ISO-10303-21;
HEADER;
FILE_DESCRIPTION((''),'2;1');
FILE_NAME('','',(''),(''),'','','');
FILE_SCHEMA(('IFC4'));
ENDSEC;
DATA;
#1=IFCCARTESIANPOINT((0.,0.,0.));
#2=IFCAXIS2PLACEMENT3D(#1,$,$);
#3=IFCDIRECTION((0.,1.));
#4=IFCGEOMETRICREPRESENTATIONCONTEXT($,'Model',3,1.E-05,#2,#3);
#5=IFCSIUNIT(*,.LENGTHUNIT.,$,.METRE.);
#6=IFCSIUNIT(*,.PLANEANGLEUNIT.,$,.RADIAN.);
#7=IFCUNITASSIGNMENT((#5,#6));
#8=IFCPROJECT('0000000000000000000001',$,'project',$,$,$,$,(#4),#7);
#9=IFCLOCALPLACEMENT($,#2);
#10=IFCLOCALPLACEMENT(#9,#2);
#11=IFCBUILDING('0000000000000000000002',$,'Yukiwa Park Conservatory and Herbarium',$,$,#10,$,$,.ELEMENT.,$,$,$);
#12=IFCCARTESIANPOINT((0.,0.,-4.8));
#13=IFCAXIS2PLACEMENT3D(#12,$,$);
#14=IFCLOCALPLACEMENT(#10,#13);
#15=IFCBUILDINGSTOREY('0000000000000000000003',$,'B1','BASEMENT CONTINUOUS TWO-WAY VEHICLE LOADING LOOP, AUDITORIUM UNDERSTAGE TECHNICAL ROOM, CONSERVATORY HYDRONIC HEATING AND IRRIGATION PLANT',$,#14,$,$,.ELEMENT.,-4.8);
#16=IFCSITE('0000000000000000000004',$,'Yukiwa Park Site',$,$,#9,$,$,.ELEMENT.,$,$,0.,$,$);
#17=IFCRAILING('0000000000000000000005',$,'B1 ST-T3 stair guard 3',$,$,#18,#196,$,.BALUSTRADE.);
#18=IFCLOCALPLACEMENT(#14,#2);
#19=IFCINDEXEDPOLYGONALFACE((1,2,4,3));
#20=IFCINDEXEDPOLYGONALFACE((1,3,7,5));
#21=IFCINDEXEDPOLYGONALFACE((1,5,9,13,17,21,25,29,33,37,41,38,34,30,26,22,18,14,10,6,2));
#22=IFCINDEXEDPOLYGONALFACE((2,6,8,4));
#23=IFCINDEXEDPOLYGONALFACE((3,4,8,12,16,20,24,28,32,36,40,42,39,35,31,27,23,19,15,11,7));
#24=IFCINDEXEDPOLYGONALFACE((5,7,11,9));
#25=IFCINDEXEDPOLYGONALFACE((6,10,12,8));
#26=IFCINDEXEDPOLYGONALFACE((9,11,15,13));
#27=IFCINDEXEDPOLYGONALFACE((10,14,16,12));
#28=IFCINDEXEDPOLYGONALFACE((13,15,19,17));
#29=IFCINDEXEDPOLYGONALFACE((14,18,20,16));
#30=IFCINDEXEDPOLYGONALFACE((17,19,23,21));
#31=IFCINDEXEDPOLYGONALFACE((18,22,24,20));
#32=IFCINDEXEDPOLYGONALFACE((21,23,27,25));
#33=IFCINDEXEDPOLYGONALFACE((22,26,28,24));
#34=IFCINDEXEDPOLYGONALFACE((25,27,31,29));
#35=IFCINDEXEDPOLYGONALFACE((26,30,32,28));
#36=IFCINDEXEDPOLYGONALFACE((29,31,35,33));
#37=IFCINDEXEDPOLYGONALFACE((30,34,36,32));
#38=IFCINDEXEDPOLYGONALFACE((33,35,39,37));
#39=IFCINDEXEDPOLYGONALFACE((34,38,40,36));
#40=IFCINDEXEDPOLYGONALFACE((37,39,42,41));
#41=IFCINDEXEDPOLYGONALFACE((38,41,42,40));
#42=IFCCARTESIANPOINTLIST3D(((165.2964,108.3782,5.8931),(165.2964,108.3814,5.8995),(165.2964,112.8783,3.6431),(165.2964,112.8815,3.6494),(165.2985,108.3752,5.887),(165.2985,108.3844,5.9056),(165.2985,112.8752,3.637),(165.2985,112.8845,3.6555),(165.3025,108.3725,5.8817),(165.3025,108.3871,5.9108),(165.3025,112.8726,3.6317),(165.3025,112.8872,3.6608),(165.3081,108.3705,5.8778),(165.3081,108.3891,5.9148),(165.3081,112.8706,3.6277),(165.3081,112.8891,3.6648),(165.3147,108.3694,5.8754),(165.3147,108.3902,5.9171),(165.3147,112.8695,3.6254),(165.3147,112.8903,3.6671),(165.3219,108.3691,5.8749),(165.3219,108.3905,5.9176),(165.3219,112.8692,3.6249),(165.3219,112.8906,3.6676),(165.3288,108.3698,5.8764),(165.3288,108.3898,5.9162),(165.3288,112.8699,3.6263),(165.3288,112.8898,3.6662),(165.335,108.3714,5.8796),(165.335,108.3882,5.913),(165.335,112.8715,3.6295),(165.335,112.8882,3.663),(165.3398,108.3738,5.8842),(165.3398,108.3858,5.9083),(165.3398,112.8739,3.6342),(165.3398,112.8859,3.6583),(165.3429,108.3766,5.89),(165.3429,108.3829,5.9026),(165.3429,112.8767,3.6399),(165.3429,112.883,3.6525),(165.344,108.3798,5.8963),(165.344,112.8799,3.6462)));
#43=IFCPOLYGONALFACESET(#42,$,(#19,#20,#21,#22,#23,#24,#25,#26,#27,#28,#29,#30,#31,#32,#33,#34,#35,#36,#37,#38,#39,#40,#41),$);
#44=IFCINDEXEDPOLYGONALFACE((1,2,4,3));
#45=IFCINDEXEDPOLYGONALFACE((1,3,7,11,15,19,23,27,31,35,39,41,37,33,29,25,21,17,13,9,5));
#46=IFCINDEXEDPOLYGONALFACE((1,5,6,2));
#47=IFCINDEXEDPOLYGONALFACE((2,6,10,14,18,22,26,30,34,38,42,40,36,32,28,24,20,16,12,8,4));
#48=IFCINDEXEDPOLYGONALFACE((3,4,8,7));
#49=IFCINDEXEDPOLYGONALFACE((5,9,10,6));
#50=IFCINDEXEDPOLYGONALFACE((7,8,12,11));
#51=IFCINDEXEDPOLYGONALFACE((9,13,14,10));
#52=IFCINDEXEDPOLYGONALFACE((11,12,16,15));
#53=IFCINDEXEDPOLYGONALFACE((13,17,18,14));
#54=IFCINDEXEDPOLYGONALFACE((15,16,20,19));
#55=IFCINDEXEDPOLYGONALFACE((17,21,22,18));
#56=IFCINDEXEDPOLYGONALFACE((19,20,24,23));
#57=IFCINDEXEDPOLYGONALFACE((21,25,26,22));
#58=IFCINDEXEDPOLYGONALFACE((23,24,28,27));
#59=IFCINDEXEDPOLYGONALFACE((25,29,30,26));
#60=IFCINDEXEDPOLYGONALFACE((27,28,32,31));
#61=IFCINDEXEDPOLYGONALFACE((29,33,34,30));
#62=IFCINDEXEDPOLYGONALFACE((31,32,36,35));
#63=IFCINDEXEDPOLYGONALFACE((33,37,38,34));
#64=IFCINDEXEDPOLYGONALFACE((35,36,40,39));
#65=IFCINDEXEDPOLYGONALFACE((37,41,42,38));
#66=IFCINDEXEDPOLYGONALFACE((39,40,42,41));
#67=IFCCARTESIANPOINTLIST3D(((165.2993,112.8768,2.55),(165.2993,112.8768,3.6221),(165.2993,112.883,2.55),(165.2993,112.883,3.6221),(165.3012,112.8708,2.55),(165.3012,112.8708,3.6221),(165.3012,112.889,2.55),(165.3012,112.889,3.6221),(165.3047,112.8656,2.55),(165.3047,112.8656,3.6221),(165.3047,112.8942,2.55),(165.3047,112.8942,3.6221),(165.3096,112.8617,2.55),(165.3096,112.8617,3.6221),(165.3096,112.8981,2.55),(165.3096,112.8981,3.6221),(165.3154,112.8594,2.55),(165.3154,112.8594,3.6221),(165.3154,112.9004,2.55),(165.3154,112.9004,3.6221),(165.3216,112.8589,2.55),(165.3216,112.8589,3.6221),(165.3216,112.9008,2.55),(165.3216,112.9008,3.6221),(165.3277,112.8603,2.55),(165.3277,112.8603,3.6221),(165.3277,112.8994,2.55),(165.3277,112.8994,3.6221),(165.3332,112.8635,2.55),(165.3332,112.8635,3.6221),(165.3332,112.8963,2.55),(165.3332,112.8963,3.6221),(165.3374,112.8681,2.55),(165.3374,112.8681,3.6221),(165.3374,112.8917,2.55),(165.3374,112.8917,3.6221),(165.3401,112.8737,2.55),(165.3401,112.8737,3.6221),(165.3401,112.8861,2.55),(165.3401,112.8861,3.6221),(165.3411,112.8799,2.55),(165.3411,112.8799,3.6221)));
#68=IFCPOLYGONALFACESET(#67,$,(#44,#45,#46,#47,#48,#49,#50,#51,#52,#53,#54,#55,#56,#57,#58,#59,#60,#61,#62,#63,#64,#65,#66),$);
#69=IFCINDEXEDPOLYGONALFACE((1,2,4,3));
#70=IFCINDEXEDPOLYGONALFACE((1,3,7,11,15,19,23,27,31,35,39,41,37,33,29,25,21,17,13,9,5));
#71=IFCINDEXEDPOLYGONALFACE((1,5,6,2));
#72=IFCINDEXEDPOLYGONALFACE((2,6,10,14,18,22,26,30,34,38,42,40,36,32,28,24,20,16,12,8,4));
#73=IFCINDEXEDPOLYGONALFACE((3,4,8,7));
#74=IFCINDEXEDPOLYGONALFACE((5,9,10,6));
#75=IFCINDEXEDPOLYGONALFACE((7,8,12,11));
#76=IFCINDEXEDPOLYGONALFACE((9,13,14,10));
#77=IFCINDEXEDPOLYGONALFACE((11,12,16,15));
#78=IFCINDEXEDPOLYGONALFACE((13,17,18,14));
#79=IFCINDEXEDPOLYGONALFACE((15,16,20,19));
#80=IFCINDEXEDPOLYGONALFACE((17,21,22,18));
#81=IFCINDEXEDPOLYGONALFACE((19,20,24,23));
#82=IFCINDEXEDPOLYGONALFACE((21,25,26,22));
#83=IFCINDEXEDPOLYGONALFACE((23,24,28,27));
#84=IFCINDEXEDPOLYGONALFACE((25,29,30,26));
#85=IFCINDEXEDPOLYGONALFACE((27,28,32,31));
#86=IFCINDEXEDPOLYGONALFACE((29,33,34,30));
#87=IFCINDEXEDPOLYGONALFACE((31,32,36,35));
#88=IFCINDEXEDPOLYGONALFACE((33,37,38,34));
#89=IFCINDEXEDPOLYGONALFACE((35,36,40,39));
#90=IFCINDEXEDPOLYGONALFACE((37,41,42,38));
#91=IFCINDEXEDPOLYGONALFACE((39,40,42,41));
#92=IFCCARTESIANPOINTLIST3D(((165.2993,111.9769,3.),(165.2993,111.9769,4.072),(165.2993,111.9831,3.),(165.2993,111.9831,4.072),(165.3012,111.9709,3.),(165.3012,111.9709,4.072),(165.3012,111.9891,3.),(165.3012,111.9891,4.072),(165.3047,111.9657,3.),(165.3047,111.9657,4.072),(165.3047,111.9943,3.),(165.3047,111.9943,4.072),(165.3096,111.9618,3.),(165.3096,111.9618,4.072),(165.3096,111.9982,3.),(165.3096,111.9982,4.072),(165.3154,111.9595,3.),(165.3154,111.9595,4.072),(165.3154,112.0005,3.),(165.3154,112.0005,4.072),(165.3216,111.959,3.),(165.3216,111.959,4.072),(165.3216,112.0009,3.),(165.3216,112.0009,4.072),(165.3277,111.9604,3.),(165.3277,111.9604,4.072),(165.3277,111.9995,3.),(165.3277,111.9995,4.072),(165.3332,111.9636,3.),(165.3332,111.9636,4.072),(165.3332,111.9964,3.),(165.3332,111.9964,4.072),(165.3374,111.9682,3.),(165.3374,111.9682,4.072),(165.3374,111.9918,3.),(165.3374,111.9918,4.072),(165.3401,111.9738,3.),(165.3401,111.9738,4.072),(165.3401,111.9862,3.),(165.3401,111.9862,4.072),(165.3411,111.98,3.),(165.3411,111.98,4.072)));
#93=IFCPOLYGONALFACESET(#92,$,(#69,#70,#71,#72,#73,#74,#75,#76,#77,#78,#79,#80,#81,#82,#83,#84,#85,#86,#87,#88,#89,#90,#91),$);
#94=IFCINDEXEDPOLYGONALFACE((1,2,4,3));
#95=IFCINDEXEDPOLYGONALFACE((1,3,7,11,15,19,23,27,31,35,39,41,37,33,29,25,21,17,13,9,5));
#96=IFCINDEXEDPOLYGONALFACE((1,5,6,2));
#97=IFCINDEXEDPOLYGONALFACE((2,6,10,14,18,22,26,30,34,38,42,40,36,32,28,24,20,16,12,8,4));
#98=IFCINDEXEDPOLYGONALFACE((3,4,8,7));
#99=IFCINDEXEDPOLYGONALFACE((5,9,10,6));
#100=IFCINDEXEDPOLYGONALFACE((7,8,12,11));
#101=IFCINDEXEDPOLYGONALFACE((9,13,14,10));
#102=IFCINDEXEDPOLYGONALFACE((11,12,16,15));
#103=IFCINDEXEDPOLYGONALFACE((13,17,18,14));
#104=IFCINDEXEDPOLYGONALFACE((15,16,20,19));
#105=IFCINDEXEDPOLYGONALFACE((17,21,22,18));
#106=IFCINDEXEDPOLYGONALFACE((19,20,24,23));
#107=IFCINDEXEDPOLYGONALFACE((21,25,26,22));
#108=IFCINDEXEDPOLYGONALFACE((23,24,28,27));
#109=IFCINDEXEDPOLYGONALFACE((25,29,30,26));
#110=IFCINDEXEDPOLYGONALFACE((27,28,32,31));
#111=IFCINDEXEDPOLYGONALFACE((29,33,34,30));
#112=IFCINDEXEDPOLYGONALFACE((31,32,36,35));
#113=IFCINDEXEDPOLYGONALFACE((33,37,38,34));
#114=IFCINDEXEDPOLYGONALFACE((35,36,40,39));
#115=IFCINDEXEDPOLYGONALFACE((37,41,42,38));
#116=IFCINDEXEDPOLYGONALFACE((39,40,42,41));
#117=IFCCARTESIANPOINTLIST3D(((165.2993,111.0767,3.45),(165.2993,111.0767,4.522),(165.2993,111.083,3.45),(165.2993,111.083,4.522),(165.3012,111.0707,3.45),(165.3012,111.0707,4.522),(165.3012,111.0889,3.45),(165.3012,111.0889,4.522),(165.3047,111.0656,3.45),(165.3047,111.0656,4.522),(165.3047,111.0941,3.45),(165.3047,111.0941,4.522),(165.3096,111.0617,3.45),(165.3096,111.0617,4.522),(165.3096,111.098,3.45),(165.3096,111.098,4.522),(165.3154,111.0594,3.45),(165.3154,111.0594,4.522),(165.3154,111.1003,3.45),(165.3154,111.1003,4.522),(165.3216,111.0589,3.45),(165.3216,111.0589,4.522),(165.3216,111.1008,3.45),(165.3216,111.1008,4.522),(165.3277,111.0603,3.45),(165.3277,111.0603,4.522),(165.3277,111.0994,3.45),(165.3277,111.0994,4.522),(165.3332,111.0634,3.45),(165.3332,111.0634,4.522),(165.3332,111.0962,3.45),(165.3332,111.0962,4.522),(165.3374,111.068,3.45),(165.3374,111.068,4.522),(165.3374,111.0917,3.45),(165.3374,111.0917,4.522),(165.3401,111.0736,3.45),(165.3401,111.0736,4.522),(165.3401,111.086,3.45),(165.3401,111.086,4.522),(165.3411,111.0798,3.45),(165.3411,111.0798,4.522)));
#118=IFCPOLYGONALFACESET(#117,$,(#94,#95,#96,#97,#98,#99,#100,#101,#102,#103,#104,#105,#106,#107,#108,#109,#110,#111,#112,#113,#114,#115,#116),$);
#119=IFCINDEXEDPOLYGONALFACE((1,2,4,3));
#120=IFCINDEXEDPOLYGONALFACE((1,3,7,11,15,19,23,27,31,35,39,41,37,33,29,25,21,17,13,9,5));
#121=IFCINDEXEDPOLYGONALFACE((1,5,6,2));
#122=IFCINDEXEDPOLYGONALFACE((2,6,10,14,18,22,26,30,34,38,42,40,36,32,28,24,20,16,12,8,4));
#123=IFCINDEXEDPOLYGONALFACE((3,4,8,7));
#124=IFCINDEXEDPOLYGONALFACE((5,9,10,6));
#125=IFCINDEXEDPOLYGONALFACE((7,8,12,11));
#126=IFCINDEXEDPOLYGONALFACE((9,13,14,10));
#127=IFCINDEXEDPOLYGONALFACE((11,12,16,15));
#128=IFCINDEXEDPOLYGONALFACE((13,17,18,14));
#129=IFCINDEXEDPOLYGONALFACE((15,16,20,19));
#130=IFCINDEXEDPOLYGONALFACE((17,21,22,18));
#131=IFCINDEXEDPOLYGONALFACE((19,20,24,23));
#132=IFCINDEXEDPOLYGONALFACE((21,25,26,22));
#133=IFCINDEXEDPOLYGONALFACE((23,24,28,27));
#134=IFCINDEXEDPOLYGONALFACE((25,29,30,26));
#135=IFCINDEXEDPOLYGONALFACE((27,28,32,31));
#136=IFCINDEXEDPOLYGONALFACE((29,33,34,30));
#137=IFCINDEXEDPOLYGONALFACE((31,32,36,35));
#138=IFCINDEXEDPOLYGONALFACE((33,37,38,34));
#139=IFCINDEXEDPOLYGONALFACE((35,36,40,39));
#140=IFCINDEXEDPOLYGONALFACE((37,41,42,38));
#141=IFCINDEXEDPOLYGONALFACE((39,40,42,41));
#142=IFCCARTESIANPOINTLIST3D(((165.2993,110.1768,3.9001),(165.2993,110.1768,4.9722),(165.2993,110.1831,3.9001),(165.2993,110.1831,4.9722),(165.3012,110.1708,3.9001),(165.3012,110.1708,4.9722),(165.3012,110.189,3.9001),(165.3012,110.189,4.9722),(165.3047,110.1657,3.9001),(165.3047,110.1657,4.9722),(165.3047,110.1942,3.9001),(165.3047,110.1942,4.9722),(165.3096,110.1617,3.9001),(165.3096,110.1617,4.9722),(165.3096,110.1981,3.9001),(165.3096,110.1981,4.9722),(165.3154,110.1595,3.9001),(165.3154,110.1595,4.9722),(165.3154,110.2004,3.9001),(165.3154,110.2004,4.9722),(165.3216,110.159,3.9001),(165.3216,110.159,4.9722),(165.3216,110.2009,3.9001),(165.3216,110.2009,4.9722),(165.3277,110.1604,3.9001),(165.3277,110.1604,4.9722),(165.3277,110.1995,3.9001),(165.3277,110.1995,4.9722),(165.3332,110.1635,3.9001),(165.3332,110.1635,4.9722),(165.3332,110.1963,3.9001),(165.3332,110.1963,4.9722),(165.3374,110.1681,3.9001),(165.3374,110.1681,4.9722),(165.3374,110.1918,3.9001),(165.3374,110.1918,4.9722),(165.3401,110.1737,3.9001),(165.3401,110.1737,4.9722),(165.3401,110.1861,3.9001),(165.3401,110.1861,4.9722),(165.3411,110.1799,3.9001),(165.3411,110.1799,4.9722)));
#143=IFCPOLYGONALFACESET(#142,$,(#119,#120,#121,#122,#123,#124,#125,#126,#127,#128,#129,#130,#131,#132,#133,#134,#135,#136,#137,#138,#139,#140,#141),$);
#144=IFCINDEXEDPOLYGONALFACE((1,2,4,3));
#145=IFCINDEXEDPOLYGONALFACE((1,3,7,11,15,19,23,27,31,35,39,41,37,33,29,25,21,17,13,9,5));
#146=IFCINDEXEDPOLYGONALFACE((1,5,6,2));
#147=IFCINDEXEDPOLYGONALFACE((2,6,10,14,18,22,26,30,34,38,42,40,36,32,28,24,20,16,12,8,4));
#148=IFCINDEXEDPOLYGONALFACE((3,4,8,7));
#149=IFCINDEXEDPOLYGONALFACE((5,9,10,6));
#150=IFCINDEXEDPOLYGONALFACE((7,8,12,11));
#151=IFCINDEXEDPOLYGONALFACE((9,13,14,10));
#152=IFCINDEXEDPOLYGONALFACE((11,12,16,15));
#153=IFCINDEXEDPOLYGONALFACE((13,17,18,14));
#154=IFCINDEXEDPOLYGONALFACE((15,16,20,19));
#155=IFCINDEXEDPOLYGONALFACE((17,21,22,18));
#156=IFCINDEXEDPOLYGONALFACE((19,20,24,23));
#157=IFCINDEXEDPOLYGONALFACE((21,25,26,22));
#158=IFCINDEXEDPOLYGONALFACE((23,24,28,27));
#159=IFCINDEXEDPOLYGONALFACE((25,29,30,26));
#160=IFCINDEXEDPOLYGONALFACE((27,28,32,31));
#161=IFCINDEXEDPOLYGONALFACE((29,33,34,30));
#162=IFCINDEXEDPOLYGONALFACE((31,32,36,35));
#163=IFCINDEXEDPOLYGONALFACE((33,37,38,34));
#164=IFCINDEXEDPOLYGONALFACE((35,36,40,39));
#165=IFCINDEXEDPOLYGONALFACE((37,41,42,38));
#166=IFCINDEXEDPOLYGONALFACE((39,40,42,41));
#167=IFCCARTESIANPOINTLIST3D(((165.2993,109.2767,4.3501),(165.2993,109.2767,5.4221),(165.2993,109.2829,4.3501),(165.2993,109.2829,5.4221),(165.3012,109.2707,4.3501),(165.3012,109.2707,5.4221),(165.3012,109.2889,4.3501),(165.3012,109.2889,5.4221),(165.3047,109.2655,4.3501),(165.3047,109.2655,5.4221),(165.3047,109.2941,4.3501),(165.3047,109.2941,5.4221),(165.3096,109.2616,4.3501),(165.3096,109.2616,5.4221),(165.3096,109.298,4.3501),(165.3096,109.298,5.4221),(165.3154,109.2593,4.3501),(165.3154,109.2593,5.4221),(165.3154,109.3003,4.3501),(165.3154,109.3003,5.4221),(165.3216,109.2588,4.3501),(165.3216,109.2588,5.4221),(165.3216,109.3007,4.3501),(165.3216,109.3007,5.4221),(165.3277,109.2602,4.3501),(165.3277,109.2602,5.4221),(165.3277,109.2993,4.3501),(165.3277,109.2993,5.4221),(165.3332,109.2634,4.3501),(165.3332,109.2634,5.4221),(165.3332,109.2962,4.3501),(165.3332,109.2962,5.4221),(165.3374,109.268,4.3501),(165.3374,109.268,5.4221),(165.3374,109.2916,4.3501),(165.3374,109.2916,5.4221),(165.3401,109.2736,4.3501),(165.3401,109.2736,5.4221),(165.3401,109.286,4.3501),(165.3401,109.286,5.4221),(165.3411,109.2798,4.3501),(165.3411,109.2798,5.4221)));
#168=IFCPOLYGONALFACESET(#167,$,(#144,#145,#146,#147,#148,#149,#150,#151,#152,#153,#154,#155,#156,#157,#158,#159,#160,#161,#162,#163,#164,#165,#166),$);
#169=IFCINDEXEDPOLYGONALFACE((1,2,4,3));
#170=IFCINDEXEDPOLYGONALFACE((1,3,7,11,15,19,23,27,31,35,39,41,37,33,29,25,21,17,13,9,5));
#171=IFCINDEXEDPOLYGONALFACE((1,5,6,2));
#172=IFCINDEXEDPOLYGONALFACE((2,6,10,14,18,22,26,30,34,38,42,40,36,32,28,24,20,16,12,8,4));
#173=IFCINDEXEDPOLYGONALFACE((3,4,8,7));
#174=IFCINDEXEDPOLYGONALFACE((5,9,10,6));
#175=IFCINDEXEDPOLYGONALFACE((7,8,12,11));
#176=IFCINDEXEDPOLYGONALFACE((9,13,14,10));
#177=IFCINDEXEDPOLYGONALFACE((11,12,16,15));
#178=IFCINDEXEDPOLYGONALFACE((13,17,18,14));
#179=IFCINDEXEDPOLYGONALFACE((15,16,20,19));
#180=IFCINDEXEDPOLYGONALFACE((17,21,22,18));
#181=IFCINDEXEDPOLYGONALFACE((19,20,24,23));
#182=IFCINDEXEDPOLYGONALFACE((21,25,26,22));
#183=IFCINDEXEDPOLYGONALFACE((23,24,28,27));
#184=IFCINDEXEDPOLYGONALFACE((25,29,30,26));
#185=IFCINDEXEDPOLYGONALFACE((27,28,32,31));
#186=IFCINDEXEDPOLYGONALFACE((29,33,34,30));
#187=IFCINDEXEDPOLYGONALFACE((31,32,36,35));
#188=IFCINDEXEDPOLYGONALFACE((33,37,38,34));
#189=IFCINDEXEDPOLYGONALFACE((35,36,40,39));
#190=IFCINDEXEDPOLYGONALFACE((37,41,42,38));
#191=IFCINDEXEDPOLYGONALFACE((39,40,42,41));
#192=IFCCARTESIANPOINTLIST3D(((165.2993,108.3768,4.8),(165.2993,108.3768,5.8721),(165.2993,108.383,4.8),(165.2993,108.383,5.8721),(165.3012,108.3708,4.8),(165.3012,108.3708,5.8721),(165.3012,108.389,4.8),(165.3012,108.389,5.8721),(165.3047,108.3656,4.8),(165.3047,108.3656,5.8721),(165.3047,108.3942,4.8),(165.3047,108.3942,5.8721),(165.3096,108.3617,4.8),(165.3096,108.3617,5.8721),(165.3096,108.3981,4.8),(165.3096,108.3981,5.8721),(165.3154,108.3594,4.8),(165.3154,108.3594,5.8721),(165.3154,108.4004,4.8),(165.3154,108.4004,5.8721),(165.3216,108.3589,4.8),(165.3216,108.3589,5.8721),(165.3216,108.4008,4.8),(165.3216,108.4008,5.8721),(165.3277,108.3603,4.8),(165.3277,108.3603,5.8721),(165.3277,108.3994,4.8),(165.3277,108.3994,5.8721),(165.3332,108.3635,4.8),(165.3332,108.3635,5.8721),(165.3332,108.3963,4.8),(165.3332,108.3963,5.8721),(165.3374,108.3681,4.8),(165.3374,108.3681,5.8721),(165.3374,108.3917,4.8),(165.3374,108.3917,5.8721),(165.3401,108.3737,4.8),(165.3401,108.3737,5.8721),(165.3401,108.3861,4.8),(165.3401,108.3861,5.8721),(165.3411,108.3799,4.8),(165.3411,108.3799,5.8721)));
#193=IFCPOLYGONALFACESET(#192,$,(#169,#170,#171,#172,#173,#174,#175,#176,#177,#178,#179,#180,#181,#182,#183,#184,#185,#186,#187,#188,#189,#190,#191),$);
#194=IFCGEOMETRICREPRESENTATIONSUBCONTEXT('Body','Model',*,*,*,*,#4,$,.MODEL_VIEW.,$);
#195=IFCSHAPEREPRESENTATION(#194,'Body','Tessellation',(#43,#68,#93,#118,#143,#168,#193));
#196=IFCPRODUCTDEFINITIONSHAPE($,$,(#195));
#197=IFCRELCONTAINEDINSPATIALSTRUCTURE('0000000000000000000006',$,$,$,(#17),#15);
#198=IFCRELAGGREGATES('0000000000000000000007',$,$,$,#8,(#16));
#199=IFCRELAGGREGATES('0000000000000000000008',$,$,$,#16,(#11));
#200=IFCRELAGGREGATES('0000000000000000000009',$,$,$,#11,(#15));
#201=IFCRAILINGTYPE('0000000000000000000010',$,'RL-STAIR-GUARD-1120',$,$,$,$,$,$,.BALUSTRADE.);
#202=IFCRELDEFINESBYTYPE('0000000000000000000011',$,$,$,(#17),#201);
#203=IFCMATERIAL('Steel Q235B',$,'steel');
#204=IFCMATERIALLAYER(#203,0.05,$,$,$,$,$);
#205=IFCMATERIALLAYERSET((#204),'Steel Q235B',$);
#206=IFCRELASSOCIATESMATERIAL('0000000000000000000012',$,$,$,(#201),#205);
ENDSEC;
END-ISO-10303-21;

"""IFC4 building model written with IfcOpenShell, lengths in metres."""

from ifc_helpers import new_model, si_unit, direction, frame, origin, origin_2d, place, context, subcontext, project, spatial, circle, extrude, material, layer, layer_set, type_object, element, save


model = new_model("IFC4")

# Units and contexts
model_context = context("Model", 3, precision=1e-05, world=origin(), true_north=direction((0.0, 1.0)))
body_context = subcontext(model_context, "Body", "Model", "MODEL_VIEW")
ifc_project = project(units=[si_unit("LENGTHUNIT", "METRE"), si_unit("PLANEANGLEUNIT", "RADIAN")], contexts=[model_context])

# Site, building, storey
site_placement = place(None, origin())
site = spatial("IfcSite", under=ifc_project, at=site_placement, Name="Yukiwa Park Site", CompositionType="ELEMENT", RefElevation=0.0)
building_placement = place(site_placement, origin())
building = spatial("IfcBuilding", under=site, at=building_placement, Name="Yukiwa Park Conservatory and Herbarium", CompositionType="ELEMENT")
storey_placement = place(building_placement, frame((0.0, 0.0, -4.8)))
storey = spatial("IfcBuildingStorey", under=building, at=storey_placement, Name="B1", Description="BASEMENT CONTINUOUS TWO-WAY VEHICLE LOADING LOOP, AUDITORIUM UNDERSTAGE TECHNICAL ROOM, CONSERVATORY HYDRONIC HEATING AND IRRIGATION PLANT", CompositionType="ELEMENT", Elevation=-4.8)

# Railing
ifc_material_1 = material(Name="Steel Q235B", Category="steel")
ifc_layer_1 = layer(ifc_material_1, 0.05)
ifc_layer_set_1 = layer_set([ifc_layer_1], Name="Steel Q235B")
railing_type_1 = type_object("IfcRailingType", Name="RL-STAIR-GUARD-1120", PredefinedType="BALUSTRADE", material=ifc_layer_set_1)
railing_1_placement = place(storey_placement, frame((165.3201, 112.8799, 2.55)))
element("IfcRailing", 1, at=railing_1_placement, inside=storey, type_object=railing_type_1, Name="B1 ST-T3 stair guard 3", PredefinedType="BALUSTRADE", context=body_context, shape_type="SweptSolid", body=[
    extrude(circle(Radius=0.0239, at=origin_2d()), frame((0.0, 0.0, 1.0962), z_axis=(0.0, -0.894427, 0.447214), x_axis=(1.0, 0.0, 0.0)), (0.0, 0.0, 1.0), 5.0312),
    extrude(circle(Radius=0.021, at=origin_2d()), origin(), (0.0, 0.0, 1.0), 1.072),
    extrude(circle(Radius=0.021, at=origin_2d()), frame((0.0, -0.8999, 0.45)), (0.0, 0.0, 1.0), 1.072),
    extrude(circle(Radius=0.021, at=origin_2d()), frame((0.0, -1.8, 0.8999)), (0.0, 0.0, 1.0), 1.072),
    extrude(circle(Radius=0.021, at=origin_2d()), frame((0.0, -2.7, 1.3501)), (0.0, 0.0, 1.0), 1.072),
    extrude(circle(Radius=0.021, at=origin_2d()), frame((0.0, -3.6001, 1.8)), (0.0, 0.0, 1.0), 1.072),
    extrude(circle(Radius=0.021, at=origin_2d()), frame((0.0, -4.5, 2.25)), (0.0, 0.0, 1.0), 1.072),
])

save(model, "model.ifc")
